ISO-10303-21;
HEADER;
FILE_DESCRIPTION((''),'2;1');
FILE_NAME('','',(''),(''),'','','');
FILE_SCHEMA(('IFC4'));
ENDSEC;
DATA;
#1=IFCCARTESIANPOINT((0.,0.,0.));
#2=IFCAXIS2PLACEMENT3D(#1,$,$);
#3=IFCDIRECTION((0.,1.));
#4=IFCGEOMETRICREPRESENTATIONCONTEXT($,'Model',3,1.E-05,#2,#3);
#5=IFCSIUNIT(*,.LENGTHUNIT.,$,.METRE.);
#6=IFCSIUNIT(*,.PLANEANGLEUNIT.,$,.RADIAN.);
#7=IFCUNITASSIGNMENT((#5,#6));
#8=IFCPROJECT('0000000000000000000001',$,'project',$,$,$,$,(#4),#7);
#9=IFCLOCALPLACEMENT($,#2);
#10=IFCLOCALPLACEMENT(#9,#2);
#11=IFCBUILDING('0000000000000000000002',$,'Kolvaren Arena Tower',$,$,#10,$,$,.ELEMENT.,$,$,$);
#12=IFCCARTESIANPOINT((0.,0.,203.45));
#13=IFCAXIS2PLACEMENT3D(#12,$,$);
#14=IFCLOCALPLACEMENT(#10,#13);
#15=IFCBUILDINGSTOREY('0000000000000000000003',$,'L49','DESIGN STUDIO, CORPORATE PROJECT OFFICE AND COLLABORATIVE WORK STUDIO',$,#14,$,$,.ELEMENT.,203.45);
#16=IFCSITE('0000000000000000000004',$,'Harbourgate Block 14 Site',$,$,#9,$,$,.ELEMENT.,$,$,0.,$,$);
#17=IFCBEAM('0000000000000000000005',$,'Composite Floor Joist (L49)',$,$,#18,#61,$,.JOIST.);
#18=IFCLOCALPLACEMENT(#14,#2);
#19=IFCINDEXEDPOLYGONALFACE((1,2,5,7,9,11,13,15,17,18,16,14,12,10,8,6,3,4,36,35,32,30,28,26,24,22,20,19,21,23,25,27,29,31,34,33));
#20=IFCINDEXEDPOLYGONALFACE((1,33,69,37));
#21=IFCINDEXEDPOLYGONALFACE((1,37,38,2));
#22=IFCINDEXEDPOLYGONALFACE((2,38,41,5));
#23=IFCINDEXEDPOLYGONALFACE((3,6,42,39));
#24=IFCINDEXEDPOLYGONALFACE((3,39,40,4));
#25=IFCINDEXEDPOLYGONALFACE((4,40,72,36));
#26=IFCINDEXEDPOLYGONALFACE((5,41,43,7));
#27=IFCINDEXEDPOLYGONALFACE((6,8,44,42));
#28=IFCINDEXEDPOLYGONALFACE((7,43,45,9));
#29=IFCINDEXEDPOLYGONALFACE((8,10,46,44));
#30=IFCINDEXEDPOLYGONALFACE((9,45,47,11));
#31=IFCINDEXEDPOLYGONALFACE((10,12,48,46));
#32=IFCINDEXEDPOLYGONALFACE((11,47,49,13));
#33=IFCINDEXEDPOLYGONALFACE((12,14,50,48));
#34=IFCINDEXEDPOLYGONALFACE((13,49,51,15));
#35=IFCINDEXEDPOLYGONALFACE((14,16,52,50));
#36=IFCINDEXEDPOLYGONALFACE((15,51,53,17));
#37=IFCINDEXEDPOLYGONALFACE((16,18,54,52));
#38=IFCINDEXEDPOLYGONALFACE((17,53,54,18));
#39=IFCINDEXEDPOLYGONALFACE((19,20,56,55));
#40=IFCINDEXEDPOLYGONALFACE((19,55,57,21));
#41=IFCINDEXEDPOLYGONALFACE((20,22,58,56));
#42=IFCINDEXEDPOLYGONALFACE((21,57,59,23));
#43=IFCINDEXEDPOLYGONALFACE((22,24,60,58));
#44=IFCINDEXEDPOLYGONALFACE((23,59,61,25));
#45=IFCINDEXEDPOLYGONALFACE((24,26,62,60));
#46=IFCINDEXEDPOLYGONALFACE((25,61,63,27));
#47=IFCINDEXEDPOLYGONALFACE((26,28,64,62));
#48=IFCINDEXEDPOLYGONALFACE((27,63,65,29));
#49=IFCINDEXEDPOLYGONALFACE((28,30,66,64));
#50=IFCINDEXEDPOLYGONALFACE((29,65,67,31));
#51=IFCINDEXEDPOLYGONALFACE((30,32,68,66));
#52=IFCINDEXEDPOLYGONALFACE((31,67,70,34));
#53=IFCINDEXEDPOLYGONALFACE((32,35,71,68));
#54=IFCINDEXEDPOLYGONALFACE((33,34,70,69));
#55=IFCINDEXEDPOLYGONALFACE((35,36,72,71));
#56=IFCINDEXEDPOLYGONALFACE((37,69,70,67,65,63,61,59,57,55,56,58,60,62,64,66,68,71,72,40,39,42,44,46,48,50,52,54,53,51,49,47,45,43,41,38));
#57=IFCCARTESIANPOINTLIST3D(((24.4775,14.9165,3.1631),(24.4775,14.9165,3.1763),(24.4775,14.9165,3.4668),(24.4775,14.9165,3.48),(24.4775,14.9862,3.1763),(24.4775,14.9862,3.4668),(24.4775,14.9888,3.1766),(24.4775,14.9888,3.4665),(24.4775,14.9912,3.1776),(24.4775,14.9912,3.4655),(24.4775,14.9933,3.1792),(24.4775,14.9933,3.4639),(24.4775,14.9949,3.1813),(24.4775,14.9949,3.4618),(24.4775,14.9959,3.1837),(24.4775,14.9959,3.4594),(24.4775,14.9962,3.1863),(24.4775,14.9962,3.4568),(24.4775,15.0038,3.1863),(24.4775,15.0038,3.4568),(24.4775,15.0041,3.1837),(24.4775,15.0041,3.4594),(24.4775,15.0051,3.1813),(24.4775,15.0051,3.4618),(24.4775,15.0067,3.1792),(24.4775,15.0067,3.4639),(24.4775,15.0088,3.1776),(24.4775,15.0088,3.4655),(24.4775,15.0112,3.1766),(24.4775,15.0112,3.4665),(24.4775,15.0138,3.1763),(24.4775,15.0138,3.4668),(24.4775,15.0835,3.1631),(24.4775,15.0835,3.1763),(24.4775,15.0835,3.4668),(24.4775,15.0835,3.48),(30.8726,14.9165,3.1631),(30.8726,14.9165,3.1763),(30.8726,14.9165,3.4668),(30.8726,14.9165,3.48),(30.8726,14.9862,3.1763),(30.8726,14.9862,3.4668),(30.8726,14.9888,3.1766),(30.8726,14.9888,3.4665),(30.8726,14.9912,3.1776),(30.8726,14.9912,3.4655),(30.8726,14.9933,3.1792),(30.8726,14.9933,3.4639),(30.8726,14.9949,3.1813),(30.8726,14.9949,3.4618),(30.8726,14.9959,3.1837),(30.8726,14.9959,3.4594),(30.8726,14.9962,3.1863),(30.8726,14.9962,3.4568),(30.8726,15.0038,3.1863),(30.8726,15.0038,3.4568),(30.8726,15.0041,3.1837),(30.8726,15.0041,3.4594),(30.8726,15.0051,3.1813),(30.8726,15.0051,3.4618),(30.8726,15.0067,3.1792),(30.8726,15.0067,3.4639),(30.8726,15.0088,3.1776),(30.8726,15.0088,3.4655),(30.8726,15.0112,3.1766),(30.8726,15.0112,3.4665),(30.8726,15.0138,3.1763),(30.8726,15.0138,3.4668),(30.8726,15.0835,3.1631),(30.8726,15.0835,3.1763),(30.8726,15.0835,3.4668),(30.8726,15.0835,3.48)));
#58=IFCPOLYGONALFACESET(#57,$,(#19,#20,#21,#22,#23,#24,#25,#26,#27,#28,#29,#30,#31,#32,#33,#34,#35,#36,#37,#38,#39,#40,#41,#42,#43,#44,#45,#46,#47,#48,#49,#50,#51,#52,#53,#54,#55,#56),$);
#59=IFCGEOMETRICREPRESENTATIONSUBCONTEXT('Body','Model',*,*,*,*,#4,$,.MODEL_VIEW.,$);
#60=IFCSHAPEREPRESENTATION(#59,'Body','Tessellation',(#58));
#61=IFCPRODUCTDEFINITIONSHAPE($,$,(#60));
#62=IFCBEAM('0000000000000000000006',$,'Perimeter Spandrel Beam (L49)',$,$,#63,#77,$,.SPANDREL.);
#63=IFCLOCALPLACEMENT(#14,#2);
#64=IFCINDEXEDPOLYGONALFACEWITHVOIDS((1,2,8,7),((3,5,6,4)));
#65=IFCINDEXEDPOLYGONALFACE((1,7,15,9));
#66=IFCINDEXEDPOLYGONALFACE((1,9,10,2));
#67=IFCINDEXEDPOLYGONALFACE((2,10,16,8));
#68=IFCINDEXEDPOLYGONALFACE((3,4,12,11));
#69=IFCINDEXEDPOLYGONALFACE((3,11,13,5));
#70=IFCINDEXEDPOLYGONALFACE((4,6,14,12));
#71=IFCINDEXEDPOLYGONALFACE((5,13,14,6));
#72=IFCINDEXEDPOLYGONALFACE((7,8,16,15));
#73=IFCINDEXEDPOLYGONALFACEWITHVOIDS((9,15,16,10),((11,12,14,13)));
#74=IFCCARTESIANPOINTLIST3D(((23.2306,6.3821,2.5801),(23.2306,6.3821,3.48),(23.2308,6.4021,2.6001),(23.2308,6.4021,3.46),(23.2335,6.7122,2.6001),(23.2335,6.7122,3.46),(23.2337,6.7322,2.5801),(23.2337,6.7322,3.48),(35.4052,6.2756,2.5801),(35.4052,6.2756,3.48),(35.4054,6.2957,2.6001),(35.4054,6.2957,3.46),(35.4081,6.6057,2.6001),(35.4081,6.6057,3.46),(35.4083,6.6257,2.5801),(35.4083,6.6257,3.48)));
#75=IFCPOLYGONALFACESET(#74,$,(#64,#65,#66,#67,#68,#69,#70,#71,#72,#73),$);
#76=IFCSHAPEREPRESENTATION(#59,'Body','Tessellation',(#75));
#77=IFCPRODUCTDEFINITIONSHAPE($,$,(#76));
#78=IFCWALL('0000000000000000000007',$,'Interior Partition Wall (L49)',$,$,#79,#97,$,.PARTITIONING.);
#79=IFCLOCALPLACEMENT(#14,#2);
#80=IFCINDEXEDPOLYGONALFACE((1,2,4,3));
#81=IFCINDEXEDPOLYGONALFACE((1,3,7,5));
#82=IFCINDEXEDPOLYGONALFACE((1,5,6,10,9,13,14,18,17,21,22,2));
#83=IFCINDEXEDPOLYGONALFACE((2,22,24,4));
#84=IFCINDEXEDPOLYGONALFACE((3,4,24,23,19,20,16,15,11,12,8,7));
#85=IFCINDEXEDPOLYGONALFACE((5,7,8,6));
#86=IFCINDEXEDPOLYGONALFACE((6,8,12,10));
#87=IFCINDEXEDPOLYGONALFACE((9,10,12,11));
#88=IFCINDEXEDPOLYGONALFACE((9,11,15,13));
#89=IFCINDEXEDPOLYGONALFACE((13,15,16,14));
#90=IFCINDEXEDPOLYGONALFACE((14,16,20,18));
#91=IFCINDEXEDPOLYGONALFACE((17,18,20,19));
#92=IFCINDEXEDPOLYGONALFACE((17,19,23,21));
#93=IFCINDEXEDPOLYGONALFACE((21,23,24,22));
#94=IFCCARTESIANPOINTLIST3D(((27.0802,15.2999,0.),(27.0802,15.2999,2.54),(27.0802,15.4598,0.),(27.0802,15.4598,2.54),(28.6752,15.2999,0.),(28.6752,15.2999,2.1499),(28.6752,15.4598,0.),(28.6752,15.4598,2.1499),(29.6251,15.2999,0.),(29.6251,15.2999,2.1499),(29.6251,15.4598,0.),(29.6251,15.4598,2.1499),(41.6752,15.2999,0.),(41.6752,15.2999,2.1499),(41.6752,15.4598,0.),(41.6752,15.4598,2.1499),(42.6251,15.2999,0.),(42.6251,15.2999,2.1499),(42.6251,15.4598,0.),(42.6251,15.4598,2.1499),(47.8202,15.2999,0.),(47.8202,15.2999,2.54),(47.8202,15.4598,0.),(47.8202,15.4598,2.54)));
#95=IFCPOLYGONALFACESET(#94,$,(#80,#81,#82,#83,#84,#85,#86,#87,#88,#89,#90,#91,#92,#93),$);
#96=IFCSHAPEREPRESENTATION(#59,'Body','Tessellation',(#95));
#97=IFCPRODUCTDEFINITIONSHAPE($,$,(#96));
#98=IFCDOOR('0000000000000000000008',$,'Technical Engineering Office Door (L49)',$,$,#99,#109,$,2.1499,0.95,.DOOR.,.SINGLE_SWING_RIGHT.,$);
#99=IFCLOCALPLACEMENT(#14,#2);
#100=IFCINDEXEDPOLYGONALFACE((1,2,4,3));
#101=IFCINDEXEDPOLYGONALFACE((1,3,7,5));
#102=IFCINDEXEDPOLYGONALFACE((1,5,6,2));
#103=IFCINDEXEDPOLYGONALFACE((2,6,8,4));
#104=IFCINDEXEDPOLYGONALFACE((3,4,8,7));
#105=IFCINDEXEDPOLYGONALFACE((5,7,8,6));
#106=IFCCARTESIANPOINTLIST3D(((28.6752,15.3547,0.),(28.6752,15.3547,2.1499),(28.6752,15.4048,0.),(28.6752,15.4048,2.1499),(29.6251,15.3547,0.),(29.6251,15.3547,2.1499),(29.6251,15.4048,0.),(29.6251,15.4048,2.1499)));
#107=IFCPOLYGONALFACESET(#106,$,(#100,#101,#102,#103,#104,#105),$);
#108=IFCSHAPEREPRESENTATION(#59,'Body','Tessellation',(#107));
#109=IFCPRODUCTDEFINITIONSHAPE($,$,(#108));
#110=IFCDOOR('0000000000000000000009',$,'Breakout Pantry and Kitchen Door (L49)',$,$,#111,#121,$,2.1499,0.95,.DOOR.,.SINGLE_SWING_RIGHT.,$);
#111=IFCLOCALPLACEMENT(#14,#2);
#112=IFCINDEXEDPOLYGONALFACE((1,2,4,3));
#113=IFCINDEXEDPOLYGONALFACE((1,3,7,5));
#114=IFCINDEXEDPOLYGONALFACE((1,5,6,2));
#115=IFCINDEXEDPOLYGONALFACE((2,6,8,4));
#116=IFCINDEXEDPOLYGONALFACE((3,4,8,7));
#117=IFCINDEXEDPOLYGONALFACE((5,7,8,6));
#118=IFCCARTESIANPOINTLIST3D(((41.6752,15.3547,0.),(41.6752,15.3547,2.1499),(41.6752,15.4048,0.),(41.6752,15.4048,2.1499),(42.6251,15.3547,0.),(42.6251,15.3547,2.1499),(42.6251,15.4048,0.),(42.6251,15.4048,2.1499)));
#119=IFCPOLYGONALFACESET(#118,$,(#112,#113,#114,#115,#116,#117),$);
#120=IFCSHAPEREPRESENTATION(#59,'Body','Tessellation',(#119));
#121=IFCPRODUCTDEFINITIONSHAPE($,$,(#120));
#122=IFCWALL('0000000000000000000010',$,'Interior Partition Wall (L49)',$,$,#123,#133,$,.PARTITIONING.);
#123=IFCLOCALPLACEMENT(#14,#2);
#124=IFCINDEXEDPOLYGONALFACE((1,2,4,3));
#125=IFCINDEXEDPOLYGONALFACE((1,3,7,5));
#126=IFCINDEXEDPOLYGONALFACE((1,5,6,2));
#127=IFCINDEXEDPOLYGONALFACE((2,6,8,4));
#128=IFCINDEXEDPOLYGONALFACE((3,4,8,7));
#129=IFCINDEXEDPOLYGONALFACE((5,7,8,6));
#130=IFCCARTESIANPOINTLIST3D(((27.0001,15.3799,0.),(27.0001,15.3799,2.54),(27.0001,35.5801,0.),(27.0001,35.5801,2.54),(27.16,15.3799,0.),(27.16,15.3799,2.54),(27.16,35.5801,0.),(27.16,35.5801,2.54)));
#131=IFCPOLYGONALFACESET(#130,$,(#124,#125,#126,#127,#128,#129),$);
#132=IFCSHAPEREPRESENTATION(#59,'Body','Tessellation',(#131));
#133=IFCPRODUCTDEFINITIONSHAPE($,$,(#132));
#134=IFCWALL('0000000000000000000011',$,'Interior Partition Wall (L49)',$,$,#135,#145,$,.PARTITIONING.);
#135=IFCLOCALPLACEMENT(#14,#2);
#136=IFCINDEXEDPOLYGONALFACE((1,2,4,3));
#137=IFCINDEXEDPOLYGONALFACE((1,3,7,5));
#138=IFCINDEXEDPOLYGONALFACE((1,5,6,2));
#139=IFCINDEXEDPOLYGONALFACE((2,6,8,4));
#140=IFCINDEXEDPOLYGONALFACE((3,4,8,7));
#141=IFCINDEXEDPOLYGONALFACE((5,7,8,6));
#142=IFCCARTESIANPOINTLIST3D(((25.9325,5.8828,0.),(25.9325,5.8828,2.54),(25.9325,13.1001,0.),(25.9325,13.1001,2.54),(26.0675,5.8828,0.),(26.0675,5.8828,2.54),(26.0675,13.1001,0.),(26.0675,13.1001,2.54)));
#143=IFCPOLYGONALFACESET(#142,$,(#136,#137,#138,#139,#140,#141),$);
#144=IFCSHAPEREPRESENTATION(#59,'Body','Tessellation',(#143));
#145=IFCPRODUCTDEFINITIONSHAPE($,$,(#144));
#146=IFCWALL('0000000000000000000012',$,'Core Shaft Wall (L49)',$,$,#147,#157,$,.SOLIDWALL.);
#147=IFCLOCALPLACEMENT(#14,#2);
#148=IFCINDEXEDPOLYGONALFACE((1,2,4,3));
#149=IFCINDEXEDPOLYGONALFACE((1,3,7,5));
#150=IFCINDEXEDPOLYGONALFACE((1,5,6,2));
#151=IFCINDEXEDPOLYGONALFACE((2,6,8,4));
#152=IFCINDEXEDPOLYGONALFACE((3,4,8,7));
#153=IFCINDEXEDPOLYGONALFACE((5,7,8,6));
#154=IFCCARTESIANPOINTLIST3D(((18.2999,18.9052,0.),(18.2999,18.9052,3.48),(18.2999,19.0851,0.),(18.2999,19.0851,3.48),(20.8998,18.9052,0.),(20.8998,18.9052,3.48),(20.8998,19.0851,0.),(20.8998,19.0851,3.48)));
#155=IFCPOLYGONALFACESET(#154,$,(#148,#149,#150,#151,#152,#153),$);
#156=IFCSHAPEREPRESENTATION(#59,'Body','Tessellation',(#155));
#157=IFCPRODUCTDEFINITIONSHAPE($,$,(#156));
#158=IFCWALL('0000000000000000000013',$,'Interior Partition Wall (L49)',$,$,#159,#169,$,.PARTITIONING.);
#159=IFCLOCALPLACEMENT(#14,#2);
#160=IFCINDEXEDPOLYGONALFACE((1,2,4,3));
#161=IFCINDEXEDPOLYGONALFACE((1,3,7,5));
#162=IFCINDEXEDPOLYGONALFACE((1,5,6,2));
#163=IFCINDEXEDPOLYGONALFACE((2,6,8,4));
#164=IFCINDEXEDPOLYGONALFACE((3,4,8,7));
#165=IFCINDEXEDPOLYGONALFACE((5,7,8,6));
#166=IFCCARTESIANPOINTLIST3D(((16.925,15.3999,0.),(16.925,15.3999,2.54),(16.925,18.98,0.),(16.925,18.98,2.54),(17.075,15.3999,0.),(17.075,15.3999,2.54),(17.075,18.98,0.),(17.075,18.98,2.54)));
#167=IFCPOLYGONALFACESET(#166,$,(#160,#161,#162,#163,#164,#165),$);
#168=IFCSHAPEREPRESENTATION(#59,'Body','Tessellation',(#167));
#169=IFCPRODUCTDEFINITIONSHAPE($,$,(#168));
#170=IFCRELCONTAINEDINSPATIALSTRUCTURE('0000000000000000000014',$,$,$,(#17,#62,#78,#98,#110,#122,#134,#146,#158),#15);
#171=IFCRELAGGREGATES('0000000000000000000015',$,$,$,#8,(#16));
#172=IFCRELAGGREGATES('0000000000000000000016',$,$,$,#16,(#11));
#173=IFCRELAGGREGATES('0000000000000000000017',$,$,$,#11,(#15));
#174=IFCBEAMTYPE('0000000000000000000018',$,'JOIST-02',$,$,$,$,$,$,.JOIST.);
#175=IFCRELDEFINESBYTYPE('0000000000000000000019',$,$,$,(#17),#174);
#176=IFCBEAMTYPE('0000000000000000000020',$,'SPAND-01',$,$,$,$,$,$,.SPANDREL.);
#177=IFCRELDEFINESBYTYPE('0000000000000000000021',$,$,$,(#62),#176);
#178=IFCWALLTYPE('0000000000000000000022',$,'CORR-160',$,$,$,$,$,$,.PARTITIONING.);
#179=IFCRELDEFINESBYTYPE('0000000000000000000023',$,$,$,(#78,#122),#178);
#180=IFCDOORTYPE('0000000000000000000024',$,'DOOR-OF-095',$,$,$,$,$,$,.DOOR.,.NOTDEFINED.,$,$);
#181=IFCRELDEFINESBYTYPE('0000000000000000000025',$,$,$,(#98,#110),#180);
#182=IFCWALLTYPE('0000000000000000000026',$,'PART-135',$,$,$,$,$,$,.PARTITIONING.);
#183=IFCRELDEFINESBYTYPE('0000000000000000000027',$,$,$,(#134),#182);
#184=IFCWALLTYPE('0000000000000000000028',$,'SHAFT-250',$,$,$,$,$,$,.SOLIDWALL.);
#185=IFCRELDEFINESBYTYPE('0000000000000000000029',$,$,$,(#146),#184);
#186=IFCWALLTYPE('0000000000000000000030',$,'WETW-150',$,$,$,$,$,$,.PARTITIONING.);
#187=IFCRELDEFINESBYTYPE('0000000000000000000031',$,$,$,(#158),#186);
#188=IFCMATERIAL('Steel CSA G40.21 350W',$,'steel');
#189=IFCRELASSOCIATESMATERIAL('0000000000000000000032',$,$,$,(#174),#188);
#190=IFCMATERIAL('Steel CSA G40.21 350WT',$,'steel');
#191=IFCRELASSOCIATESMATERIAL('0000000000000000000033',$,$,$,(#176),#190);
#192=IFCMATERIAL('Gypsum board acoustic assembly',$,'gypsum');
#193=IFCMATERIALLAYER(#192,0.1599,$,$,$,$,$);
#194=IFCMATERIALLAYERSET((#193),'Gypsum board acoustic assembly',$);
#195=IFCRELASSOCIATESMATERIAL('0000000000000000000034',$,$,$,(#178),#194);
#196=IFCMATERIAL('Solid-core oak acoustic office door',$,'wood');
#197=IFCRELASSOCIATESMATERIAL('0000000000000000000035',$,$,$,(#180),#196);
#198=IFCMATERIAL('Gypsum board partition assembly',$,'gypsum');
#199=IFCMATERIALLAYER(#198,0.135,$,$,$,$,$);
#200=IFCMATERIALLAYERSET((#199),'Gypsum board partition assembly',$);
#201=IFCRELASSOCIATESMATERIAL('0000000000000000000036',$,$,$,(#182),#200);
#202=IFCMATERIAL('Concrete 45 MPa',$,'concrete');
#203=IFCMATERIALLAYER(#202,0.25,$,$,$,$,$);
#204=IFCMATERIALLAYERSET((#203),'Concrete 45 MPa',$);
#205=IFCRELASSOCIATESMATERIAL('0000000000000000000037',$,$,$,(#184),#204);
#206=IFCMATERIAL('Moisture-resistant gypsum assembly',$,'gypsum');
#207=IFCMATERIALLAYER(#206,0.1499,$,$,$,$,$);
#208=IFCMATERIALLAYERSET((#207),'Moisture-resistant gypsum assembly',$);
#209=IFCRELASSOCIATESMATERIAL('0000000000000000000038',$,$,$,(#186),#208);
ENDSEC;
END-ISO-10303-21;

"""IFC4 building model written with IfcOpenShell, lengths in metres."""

from ifc_helpers import new_model, si_unit, direction, frame, frame_2d, origin, origin_2d, place, context, subcontext, project, spatial, rectangle, hollow_rectangle, i_section, extrude, material, layer, layer_set, material_profile, profile_set, type_object, element, fill, save


model = new_model("IFC4")

# Units and contexts
model_context = context("Model", 3, precision=1e-05, world=origin(), true_north=direction((0.0, 1.0)))
body_context = subcontext(model_context, "Body", "Model", "MODEL_VIEW")
ifc_project = project(units=[si_unit("LENGTHUNIT", "METRE"), si_unit("PLANEANGLEUNIT", "RADIAN")], contexts=[model_context])

# Site, building, storey
site_placement = place(None, origin())
site = spatial("IfcSite", under=ifc_project, at=site_placement, Name="Harbourgate Block 14 Site", CompositionType="ELEMENT", RefElevation=0.0)
building_placement = place(site_placement, origin())
building = spatial("IfcBuilding", under=site, at=building_placement, Name="Kolvaren Arena Tower", CompositionType="ELEMENT")
storey_placement = place(building_placement, frame((0.0, 0.0, 203.45)))
storey = spatial("IfcBuildingStorey", under=building, at=storey_placement, Name="L49", Description="DESIGN STUDIO, CORPORATE PROJECT OFFICE AND COLLABORATIVE WORK STUDIO", CompositionType="ELEMENT", Elevation=203.45)

# Beams
ifc_material_1 = material(Name="Steel CSA G40.21 350W", Category="steel")
ifc_material_profile_1 = material_profile(ifc_material_1, i_section(OverallWidth=0.167, OverallDepth=0.3169, WebThickness=0.0076, FlangeThickness=0.0132, FilletRadius=0.01, at=origin_2d()), Name="W310x52")
ifc_profile_set_1 = profile_set([ifc_material_profile_1], Name="Steel CSA G40.21 350W")
beam_type_1 = type_object("IfcBeamType", Name="JOIST-02", PredefinedType="JOIST", material=ifc_profile_set_1)
beam_1_placement = place(storey_placement, frame((24.4775, 15.0, 3.3215), z_axis=(1.0, 0.0, 0.0), x_axis=(0.0, 1.0, 0.0)))
element("IfcBeam", 1, at=beam_1_placement, inside=storey, type_object=beam_type_1, Name="Composite Floor Joist (L49)", PredefinedType="JOIST", context=body_context, shape_type="SweptSolid", body=[
    extrude(i_section(OverallWidth=0.167, OverallDepth=0.3169, WebThickness=0.0076, FlangeThickness=0.0132, FilletRadius=0.01, at=origin_2d()), origin(), (0.0, 0.0, 1.0), 6.395),
])
ifc_material_2 = material(Name="Steel CSA G40.21 350WT", Category="steel")
ifc_material_profile_2 = material_profile(ifc_material_2, hollow_rectangle(XDim=0.3501, YDim=0.8999, WallThickness=0.02, at=origin_2d()), Name="HSS 900x350x20")
ifc_profile_set_2 = profile_set([ifc_material_profile_2], Name="Steel CSA G40.21 350WT")
beam_type_2 = type_object("IfcBeamType", Name="SPAND-01", PredefinedType="SPANDREL", material=ifc_profile_set_2)
beam_2_placement = place(storey_placement, frame((23.2322, 6.5571, 3.03), z_axis=(0.999962, -0.008743, 0.0), x_axis=(0.008743, 0.999962, 0.0)))
element("IfcBeam", 2, at=beam_2_placement, inside=storey, type_object=beam_type_2, Name="Perimeter Spandrel Beam (L49)", PredefinedType="SPANDREL", context=body_context, shape_type="SweptSolid", body=[
    extrude(hollow_rectangle(XDim=0.3501, YDim=0.8999, WallThickness=0.02, at=origin_2d()), origin(), (0.0, 0.0, 1.0), 12.175),
])

# Wall, openings, doors
ifc_material_3 = material(Name="Gypsum board acoustic assembly", Category="gypsum")
ifc_layer_1 = layer(ifc_material_3, 0.1599)
ifc_layer_set_1 = layer_set([ifc_layer_1], Name="Gypsum board acoustic assembly")
wall_type_1 = type_object("IfcWallType", Name="CORR-160", PredefinedType="PARTITIONING", material=ifc_layer_set_1)
wall_1_placement = place(storey_placement, frame((27.0801, 15.3799, 0.0), z_axis=(0.0, 0.0, 1.0), x_axis=(1.0, 0.0, 0.0)))
wall_1 = element("IfcWall", 3, at=wall_1_placement, inside=storey, type_object=wall_type_1, Name="Interior Partition Wall (L49)", PredefinedType="PARTITIONING", context=body_context, shape_type="SweptSolid", body=[
    extrude(rectangle(XDim=20.74, YDim=0.1599, at=frame_2d((10.3701, 0.0))), origin(), (0.0, 0.0, 1.0), 2.54),
])
opening_1_placement = place(wall_1_placement, frame((1.595, 0.0, 0.0)))
opening_1 = element("IfcOpeningElement", 4, at=opening_1_placement, cuts=wall_1, PredefinedType="OPENING", context=body_context, shape_type="SweptSolid", body=[
    extrude(rectangle(XDim=0.95, YDim=2.1499, at=frame_2d((0.4751, 1.075))), frame((0.0, 0.0898, 0.0), z_axis=(0.0, -1.0, 0.0), x_axis=(1.0, 0.0, 0.0)), (0.0, 0.0, 1.0), 0.1799),
])
opening_2_placement = place(wall_1_placement, frame((14.595, 0.0, 0.0)))
opening_2 = element("IfcOpeningElement", 5, at=opening_2_placement, cuts=wall_1, PredefinedType="OPENING", context=body_context, shape_type="SweptSolid", body=[
    extrude(rectangle(XDim=0.95, YDim=2.1499, at=frame_2d((0.4751, 1.075))), frame((0.0, 0.0898, 0.0), z_axis=(0.0, -1.0, 0.0), x_axis=(1.0, 0.0, 0.0)), (0.0, 0.0, 1.0), 0.1799),
])
ifc_material_4 = material(Name="Solid-core oak acoustic office door", Category="wood")
door_type = type_object("IfcDoorType", Name="DOOR-OF-095", OperationType="NOTDEFINED", PredefinedType="DOOR", material=ifc_material_4)
door_1_placement = place(opening_1_placement, origin())
door_1 = element("IfcDoor", 6, at=door_1_placement, inside=storey, type_object=door_type, Name="Technical Engineering Office Door (L49)", OperationType="SINGLE_SWING_RIGHT", OverallHeight=2.1499, OverallWidth=0.95, PredefinedType="DOOR", context=body_context, shape_type="SweptSolid", body=[
    extrude(rectangle(XDim=0.95, YDim=2.1499, at=frame_2d((0.4751, 1.075))), frame((0.0, 0.0249, 0.0), z_axis=(0.0, -1.0, 0.0), x_axis=(1.0, 0.0, 0.0)), (0.0, 0.0, 1.0), 0.05),
])
fill(opening_1, door_1)
door_2_placement = place(opening_2_placement, origin())
door_2 = element("IfcDoor", 7, at=door_2_placement, inside=storey, type_object=door_type, Name="Breakout Pantry and Kitchen Door (L49)", OperationType="SINGLE_SWING_RIGHT", OverallHeight=2.1499, OverallWidth=0.95, PredefinedType="DOOR", context=body_context, shape_type="SweptSolid", body=[
    extrude(rectangle(XDim=0.95, YDim=2.1499, at=frame_2d((0.4751, 1.075))), frame((0.0, 0.0249, 0.0), z_axis=(0.0, -1.0, 0.0), x_axis=(1.0, 0.0, 0.0)), (0.0, 0.0, 1.0), 0.05),
])
fill(opening_2, door_2)

# Walls
wall_2_placement = place(storey_placement, frame((27.0801, 15.3799, 0.0), z_axis=(0.0, 0.0, 1.0), x_axis=(0.0, 1.0, 0.0)))
element("IfcWall", 8, at=wall_2_placement, inside=storey, type_object=wall_type_1, Name="Interior Partition Wall (L49)", PredefinedType="PARTITIONING", context=body_context, shape_type="SweptSolid", body=[
    extrude(rectangle(XDim=20.2002, YDim=0.1599, at=frame_2d((10.1001, 0.0))), origin(), (0.0, 0.0, 1.0), 2.54),
])
ifc_material_5 = material(Name="Gypsum board partition assembly", Category="gypsum")
ifc_layer_2 = layer(ifc_material_5, 0.135)
ifc_layer_set_2 = layer_set([ifc_layer_2], Name="Gypsum board partition assembly")
wall_type_2 = type_object("IfcWallType", Name="PART-135", PredefinedType="PARTITIONING", material=ifc_layer_set_2)
wall_3_placement = place(storey_placement, frame((26.0, 5.8828, 0.0), z_axis=(0.0, 0.0, 1.0), x_axis=(0.0, 1.0, 0.0)))
element("IfcWall", 9, at=wall_3_placement, inside=storey, type_object=wall_type_2, Name="Interior Partition Wall (L49)", PredefinedType="PARTITIONING", context=body_context, shape_type="SweptSolid", body=[
    extrude(rectangle(XDim=7.2173, YDim=0.135, at=frame_2d((3.6086, 0.0))), origin(), (0.0, 0.0, 1.0), 2.54),
])
ifc_material_6 = material(Name="Concrete 45 MPa", Category="concrete")
ifc_layer_3 = layer(ifc_material_6, 0.25)
ifc_layer_set_3 = layer_set([ifc_layer_3], Name="Concrete 45 MPa")
wall_type_3 = type_object("IfcWallType", Name="SHAFT-250", PredefinedType="SOLIDWALL", material=ifc_layer_set_3)
wall_4_placement = place(storey_placement, frame((18.3, 18.9951, 0.0), z_axis=(0.0, 0.0, 1.0), x_axis=(1.0, 0.0, 0.0)))
element("IfcWall", 10, at=wall_4_placement, inside=storey, type_object=wall_type_3, Name="Core Shaft Wall (L49)", PredefinedType="SOLIDWALL", context=body_context, shape_type="SweptSolid", body=[
    extrude(rectangle(XDim=2.5999, YDim=0.1799, at=frame_2d((1.2998, 0.0))), origin(), (0.0, 0.0, 1.0), 3.48),
])
ifc_material_7 = material(Name="Moisture-resistant gypsum assembly", Category="gypsum")
ifc_layer_4 = layer(ifc_material_7, 0.1499)
ifc_layer_set_4 = layer_set([ifc_layer_4], Name="Moisture-resistant gypsum assembly")
wall_type_4 = type_object("IfcWallType", Name="WETW-150", PredefinedType="PARTITIONING", material=ifc_layer_set_4)
for number, where, z_axis, x_axis, name in (
    (11, (17.0, 15.3999, 0.0), (0.0, 0.0, 1.0), (0.0, 1.0, 0.0), "Interior Partition Wall (L49)"),
):
    element("IfcWall", number, at=place(storey_placement, frame(where, z_axis=z_axis, x_axis=x_axis)), inside=storey, type_object=wall_type_4, Name=name, PredefinedType="PARTITIONING", context=body_context, shape_type="SweptSolid", body=[
        extrude(rectangle(XDim=3.5801, YDim=0.1499, at=frame_2d((1.79, 0.0))), origin(), (0.0, 0.0, 1.0), 2.54),
    ])

save(model, "model.ifc")
